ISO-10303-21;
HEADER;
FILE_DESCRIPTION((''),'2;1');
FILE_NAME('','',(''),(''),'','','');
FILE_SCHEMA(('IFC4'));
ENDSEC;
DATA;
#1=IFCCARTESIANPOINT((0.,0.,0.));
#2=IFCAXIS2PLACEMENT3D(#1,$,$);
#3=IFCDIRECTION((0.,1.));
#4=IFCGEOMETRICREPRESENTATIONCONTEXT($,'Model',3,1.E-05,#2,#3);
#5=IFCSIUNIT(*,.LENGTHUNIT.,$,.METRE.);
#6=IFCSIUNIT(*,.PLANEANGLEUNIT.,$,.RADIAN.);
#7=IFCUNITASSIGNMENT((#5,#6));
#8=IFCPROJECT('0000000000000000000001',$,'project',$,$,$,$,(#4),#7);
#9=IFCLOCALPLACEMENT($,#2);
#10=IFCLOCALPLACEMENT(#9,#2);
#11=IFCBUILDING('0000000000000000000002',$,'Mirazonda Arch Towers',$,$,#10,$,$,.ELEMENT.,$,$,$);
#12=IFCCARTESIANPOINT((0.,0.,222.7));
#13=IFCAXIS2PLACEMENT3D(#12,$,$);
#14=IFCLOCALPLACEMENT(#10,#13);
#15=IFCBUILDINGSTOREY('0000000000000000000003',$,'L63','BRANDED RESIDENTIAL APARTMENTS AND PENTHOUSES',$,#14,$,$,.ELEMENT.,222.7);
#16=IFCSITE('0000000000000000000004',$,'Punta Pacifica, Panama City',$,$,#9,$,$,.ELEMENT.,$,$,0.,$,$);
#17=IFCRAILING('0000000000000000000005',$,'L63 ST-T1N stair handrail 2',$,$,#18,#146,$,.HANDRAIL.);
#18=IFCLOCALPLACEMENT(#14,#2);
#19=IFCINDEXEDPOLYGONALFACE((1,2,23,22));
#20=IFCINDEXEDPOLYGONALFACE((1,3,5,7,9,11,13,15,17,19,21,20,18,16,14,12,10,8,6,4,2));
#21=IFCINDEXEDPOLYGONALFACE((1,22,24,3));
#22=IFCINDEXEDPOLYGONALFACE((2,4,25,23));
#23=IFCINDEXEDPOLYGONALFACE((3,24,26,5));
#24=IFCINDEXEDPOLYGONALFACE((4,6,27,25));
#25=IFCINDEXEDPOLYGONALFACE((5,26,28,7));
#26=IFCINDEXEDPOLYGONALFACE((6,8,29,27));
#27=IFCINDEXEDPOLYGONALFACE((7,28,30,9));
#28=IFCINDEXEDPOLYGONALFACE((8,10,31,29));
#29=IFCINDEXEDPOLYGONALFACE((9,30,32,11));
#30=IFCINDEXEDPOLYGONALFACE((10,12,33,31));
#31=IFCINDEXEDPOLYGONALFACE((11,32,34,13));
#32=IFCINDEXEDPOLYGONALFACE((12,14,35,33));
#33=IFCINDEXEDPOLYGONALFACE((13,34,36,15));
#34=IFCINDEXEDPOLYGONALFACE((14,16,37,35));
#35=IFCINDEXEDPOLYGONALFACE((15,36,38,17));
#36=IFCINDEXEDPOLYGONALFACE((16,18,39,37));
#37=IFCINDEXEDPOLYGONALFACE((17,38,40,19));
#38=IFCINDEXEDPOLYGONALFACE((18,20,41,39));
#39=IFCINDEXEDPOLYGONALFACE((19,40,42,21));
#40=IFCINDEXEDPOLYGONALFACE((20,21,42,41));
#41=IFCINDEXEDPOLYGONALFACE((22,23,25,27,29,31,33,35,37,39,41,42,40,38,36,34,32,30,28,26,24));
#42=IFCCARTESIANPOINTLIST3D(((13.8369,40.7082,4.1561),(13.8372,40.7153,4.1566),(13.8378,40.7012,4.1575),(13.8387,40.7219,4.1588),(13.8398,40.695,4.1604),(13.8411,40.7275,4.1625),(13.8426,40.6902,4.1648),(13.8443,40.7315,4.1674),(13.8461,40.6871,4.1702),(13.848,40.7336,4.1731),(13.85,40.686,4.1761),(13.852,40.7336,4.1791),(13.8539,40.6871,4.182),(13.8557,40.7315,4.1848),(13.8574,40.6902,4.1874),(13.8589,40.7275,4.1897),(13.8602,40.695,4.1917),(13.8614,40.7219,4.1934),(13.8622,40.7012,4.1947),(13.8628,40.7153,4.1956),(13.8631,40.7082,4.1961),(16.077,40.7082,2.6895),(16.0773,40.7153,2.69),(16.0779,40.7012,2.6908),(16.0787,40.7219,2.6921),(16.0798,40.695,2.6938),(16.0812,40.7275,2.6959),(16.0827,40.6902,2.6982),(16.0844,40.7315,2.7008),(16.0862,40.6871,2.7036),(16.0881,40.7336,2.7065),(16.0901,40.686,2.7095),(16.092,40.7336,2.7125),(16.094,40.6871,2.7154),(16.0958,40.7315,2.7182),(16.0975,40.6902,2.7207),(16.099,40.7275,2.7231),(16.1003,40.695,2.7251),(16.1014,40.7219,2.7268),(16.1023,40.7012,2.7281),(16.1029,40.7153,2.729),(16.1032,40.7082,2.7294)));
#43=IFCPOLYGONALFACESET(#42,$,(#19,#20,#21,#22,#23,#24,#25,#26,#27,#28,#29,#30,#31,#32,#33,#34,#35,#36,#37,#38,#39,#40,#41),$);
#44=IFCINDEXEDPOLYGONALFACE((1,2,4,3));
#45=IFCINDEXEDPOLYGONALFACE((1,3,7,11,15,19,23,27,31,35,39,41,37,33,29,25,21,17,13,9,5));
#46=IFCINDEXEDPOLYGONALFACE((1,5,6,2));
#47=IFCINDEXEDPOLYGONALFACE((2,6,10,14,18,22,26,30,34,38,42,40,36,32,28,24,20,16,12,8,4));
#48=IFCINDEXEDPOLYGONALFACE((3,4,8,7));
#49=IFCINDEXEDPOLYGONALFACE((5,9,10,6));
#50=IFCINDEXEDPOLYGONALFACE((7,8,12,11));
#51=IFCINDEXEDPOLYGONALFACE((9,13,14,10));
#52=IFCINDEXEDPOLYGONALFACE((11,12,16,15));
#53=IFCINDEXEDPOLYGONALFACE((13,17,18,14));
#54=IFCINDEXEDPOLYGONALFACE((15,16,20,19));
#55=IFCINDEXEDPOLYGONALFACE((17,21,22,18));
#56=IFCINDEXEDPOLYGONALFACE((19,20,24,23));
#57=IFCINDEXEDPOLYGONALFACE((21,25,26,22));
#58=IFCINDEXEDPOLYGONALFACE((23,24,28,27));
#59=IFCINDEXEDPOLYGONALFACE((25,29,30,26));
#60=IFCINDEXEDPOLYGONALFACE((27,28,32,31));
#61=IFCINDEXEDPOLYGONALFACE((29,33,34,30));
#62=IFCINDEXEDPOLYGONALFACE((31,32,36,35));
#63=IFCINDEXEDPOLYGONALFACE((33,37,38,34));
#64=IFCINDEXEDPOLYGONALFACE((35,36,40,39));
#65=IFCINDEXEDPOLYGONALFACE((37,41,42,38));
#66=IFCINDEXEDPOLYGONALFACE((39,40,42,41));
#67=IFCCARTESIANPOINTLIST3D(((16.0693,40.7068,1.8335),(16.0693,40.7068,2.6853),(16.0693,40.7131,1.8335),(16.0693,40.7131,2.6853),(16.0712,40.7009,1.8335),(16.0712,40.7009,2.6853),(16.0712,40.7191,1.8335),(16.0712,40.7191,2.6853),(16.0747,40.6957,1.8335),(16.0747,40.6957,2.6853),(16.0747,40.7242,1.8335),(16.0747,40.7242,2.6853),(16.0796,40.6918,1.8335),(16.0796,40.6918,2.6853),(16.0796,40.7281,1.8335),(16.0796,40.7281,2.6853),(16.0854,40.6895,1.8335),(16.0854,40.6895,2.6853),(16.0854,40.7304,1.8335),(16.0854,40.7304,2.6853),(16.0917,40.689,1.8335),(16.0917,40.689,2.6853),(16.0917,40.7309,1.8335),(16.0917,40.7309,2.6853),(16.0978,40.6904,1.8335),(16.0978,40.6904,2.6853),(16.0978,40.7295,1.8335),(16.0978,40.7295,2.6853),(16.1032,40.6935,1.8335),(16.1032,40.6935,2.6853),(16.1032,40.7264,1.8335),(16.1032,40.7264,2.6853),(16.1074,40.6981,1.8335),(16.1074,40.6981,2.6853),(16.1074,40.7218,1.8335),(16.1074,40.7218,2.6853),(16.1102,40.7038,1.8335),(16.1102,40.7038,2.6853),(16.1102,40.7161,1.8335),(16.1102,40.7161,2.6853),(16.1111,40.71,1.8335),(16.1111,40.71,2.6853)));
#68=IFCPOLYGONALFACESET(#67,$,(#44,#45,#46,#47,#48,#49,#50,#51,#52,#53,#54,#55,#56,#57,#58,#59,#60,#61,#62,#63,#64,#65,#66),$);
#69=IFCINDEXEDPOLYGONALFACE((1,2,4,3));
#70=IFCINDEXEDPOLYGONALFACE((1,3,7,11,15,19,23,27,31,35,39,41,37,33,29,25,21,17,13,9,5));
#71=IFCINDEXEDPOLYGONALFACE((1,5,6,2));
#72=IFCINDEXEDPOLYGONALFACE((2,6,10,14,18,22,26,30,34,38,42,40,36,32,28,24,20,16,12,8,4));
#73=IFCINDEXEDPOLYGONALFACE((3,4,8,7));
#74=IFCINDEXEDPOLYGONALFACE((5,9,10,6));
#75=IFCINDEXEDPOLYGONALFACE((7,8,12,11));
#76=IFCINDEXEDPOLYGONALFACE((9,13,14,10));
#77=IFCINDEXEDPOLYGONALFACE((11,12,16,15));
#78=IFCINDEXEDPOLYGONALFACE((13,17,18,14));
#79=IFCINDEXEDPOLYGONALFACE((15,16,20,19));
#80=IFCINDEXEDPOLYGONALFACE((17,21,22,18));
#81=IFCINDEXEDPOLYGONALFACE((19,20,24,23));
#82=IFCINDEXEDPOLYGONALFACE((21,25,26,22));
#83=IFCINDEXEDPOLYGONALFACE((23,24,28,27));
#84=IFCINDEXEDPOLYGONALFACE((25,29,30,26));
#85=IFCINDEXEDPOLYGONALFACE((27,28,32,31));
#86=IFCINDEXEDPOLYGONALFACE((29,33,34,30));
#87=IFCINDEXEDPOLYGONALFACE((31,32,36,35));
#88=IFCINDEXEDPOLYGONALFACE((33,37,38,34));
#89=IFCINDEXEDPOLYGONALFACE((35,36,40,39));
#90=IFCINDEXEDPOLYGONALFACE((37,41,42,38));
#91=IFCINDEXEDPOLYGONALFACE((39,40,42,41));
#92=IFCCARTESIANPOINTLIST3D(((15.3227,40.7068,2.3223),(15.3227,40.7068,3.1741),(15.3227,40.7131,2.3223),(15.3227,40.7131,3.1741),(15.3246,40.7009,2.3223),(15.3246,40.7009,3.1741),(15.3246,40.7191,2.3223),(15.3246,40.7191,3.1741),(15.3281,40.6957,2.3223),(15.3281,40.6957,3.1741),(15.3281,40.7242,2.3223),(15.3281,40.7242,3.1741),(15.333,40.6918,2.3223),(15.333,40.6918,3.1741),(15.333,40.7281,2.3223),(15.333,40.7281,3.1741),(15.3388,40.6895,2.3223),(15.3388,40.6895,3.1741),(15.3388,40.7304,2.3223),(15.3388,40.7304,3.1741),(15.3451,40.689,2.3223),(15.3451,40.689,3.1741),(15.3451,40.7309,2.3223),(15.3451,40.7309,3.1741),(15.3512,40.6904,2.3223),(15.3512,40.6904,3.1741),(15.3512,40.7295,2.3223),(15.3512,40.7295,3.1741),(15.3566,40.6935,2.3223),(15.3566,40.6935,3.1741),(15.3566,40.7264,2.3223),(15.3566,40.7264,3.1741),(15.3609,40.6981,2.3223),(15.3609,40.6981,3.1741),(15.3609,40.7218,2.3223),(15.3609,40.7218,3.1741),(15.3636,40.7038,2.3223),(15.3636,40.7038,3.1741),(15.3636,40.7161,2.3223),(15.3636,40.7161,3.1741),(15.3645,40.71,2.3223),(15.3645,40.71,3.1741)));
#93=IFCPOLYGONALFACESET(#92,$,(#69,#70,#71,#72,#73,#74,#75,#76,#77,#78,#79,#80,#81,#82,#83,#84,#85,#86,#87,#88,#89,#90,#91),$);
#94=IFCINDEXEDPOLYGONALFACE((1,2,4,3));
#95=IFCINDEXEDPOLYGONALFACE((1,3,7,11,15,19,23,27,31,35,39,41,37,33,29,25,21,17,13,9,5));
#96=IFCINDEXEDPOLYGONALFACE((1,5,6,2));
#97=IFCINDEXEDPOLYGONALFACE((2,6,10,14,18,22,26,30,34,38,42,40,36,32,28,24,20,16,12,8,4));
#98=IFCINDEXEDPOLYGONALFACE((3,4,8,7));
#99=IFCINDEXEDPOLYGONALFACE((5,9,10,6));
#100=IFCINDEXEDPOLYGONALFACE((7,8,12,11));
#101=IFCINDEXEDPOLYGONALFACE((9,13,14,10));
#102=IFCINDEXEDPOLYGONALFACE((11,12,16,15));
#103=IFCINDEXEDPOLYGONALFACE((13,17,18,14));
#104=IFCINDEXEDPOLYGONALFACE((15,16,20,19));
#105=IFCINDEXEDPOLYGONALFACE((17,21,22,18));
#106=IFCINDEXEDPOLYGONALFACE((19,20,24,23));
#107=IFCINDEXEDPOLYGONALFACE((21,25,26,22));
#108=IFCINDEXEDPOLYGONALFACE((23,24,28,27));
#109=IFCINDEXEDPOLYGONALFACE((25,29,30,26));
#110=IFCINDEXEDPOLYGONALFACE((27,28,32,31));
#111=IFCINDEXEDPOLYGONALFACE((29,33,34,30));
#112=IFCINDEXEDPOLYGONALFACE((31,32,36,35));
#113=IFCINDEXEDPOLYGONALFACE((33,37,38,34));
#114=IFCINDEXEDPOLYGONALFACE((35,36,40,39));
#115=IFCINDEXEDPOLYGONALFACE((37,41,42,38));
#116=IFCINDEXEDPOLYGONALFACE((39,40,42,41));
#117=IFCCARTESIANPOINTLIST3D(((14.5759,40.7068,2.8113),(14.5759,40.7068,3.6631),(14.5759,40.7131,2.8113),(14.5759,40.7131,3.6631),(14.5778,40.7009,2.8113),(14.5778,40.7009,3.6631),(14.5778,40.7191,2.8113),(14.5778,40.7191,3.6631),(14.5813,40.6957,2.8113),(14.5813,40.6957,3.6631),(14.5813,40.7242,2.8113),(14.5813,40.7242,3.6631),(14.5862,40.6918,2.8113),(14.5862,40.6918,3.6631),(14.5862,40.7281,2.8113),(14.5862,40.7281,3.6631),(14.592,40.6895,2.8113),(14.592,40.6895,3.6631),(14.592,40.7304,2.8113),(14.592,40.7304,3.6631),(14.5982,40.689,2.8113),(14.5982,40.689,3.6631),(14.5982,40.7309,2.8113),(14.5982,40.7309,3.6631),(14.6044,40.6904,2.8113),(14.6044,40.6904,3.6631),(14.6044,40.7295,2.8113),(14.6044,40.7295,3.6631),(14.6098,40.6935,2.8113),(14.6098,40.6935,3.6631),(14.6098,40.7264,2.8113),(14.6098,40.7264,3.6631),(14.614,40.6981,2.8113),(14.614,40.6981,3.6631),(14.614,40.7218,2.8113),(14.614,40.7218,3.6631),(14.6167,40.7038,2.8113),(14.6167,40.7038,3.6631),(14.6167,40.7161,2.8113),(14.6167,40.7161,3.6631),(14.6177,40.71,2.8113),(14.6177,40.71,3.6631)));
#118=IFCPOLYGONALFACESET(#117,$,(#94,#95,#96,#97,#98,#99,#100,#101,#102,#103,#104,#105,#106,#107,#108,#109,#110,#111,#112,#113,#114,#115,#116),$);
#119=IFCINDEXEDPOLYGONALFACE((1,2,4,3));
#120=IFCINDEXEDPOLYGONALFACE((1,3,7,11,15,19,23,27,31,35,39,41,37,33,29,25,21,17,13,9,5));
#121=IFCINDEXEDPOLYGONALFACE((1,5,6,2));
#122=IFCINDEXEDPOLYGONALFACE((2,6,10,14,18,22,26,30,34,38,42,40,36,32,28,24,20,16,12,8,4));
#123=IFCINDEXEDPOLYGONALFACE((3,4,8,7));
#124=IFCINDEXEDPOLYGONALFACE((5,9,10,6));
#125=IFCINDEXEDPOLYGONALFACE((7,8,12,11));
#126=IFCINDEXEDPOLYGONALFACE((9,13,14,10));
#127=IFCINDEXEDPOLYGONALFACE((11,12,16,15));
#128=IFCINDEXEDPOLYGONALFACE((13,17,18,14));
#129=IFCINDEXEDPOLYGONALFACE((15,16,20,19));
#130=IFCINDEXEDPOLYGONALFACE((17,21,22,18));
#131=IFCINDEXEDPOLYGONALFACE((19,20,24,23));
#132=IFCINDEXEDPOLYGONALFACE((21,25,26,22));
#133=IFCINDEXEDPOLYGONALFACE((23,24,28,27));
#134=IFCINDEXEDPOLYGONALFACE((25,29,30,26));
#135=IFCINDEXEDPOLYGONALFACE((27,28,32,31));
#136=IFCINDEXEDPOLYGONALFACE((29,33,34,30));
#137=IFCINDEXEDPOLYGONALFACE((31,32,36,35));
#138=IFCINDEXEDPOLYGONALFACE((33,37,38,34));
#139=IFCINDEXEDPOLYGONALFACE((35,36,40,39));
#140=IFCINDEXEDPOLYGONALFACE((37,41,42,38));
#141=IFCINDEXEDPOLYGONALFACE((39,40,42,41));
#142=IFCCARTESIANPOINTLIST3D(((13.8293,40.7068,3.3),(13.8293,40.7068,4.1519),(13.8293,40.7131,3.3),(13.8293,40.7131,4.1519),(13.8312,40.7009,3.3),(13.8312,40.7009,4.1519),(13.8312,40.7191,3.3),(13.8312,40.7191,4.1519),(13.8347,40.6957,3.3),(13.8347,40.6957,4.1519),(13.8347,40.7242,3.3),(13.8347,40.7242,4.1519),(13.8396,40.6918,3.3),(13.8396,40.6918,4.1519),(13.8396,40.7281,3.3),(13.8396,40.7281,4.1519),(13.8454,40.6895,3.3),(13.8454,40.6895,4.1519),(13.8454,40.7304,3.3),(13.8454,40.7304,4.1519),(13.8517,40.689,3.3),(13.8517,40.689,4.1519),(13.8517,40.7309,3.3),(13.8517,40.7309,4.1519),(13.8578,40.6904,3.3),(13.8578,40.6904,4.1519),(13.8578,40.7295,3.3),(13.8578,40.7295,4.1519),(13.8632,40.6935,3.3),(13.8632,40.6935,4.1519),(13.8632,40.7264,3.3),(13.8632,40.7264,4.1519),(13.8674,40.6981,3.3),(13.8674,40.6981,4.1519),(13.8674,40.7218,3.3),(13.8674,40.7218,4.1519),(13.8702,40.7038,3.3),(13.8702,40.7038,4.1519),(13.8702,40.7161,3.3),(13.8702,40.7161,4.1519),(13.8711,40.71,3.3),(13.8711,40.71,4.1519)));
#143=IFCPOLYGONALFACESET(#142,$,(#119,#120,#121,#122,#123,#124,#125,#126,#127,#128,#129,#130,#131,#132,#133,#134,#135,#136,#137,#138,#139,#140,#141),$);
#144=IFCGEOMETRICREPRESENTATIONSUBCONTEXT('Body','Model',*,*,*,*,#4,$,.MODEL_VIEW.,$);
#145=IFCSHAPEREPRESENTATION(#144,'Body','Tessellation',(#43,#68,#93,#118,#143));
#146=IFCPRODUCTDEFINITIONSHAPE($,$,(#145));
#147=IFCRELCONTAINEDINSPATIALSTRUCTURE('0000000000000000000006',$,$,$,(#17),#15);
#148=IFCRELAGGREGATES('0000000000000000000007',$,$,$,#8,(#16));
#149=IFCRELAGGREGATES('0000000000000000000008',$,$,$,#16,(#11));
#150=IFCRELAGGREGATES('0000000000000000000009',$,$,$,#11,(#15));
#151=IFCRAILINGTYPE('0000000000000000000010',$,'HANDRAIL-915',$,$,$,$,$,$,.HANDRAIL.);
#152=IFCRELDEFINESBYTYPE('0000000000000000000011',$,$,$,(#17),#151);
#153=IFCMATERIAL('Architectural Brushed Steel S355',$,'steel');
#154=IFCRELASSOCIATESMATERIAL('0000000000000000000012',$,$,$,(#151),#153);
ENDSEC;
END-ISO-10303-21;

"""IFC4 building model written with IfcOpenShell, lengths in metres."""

from ifc_helpers import new_model, si_unit, direction, frame, origin, origin_2d, place, context, subcontext, project, spatial, circle, extrude, material, type_object, element, save


model = new_model("IFC4")

# Units and contexts
model_context = context("Model", 3, precision=1e-05, world=origin(), true_north=direction((0.0, 1.0)))
body_context = subcontext(model_context, "Body", "Model", "MODEL_VIEW")
ifc_project = project(units=[si_unit("LENGTHUNIT", "METRE"), si_unit("PLANEANGLEUNIT", "RADIAN")], contexts=[model_context])

# Site, building, storey
site_placement = place(None, origin())
site = spatial("IfcSite", under=ifc_project, at=site_placement, Name="Punta Pacifica, Panama City", CompositionType="ELEMENT", RefElevation=0.0)
building_placement = place(site_placement, origin())
building = spatial("IfcBuilding", under=site, at=building_placement, Name="Mirazonda Arch Towers", CompositionType="ELEMENT")
storey_placement = place(building_placement, frame((0.0, 0.0, 222.7)))
storey = spatial("IfcBuildingStorey", under=building, at=storey_placement, Name="L63", Description="BRANDED RESIDENTIAL APARTMENTS AND PENTHOUSES", CompositionType="ELEMENT", Elevation=222.7)

# Railing
ifc_material_1 = material(Name="Architectural Brushed Steel S355", Category="steel")
railing_type_1 = type_object("IfcRailingType", Name="HANDRAIL-915", PredefinedType="HANDRAIL", material=ifc_material_1)
railing_1_placement = place(storey_placement, frame((16.0901, 40.71, 1.8335)))
element("IfcRailing", 1, at=railing_1_placement, inside=storey, type_object=railing_type_1, Name="L63 ST-T1N stair handrail 2", PredefinedType="HANDRAIL", context=body_context, shape_type="SweptSolid", body=[
    extrude(circle(Radius=0.0239, at=origin_2d()), frame((0.0, 0.0, 0.876), z_axis=(-0.836637, 0.0, 0.547758), x_axis=(0.0, -1.0, 0.0)), (0.0, 0.0, 1.0), 2.6775),
    extrude(circle(Radius=0.021, at=origin_2d()), origin(), (0.0, 0.0, 1.0), 0.8518),
    extrude(circle(Radius=0.021, at=origin_2d()), frame((-0.7466, 0.0, 0.4888)), (0.0, 0.0, 1.0), 0.8518),
    extrude(circle(Radius=0.021, at=origin_2d()), frame((-1.4934, 0.0, 0.9778)), (0.0, 0.0, 1.0), 0.8518),
    extrude(circle(Radius=0.021, at=origin_2d()), frame((-2.24, 0.0, 1.4666)), (0.0, 0.0, 1.0), 0.8518),
])

save(model, "model.ifc")
